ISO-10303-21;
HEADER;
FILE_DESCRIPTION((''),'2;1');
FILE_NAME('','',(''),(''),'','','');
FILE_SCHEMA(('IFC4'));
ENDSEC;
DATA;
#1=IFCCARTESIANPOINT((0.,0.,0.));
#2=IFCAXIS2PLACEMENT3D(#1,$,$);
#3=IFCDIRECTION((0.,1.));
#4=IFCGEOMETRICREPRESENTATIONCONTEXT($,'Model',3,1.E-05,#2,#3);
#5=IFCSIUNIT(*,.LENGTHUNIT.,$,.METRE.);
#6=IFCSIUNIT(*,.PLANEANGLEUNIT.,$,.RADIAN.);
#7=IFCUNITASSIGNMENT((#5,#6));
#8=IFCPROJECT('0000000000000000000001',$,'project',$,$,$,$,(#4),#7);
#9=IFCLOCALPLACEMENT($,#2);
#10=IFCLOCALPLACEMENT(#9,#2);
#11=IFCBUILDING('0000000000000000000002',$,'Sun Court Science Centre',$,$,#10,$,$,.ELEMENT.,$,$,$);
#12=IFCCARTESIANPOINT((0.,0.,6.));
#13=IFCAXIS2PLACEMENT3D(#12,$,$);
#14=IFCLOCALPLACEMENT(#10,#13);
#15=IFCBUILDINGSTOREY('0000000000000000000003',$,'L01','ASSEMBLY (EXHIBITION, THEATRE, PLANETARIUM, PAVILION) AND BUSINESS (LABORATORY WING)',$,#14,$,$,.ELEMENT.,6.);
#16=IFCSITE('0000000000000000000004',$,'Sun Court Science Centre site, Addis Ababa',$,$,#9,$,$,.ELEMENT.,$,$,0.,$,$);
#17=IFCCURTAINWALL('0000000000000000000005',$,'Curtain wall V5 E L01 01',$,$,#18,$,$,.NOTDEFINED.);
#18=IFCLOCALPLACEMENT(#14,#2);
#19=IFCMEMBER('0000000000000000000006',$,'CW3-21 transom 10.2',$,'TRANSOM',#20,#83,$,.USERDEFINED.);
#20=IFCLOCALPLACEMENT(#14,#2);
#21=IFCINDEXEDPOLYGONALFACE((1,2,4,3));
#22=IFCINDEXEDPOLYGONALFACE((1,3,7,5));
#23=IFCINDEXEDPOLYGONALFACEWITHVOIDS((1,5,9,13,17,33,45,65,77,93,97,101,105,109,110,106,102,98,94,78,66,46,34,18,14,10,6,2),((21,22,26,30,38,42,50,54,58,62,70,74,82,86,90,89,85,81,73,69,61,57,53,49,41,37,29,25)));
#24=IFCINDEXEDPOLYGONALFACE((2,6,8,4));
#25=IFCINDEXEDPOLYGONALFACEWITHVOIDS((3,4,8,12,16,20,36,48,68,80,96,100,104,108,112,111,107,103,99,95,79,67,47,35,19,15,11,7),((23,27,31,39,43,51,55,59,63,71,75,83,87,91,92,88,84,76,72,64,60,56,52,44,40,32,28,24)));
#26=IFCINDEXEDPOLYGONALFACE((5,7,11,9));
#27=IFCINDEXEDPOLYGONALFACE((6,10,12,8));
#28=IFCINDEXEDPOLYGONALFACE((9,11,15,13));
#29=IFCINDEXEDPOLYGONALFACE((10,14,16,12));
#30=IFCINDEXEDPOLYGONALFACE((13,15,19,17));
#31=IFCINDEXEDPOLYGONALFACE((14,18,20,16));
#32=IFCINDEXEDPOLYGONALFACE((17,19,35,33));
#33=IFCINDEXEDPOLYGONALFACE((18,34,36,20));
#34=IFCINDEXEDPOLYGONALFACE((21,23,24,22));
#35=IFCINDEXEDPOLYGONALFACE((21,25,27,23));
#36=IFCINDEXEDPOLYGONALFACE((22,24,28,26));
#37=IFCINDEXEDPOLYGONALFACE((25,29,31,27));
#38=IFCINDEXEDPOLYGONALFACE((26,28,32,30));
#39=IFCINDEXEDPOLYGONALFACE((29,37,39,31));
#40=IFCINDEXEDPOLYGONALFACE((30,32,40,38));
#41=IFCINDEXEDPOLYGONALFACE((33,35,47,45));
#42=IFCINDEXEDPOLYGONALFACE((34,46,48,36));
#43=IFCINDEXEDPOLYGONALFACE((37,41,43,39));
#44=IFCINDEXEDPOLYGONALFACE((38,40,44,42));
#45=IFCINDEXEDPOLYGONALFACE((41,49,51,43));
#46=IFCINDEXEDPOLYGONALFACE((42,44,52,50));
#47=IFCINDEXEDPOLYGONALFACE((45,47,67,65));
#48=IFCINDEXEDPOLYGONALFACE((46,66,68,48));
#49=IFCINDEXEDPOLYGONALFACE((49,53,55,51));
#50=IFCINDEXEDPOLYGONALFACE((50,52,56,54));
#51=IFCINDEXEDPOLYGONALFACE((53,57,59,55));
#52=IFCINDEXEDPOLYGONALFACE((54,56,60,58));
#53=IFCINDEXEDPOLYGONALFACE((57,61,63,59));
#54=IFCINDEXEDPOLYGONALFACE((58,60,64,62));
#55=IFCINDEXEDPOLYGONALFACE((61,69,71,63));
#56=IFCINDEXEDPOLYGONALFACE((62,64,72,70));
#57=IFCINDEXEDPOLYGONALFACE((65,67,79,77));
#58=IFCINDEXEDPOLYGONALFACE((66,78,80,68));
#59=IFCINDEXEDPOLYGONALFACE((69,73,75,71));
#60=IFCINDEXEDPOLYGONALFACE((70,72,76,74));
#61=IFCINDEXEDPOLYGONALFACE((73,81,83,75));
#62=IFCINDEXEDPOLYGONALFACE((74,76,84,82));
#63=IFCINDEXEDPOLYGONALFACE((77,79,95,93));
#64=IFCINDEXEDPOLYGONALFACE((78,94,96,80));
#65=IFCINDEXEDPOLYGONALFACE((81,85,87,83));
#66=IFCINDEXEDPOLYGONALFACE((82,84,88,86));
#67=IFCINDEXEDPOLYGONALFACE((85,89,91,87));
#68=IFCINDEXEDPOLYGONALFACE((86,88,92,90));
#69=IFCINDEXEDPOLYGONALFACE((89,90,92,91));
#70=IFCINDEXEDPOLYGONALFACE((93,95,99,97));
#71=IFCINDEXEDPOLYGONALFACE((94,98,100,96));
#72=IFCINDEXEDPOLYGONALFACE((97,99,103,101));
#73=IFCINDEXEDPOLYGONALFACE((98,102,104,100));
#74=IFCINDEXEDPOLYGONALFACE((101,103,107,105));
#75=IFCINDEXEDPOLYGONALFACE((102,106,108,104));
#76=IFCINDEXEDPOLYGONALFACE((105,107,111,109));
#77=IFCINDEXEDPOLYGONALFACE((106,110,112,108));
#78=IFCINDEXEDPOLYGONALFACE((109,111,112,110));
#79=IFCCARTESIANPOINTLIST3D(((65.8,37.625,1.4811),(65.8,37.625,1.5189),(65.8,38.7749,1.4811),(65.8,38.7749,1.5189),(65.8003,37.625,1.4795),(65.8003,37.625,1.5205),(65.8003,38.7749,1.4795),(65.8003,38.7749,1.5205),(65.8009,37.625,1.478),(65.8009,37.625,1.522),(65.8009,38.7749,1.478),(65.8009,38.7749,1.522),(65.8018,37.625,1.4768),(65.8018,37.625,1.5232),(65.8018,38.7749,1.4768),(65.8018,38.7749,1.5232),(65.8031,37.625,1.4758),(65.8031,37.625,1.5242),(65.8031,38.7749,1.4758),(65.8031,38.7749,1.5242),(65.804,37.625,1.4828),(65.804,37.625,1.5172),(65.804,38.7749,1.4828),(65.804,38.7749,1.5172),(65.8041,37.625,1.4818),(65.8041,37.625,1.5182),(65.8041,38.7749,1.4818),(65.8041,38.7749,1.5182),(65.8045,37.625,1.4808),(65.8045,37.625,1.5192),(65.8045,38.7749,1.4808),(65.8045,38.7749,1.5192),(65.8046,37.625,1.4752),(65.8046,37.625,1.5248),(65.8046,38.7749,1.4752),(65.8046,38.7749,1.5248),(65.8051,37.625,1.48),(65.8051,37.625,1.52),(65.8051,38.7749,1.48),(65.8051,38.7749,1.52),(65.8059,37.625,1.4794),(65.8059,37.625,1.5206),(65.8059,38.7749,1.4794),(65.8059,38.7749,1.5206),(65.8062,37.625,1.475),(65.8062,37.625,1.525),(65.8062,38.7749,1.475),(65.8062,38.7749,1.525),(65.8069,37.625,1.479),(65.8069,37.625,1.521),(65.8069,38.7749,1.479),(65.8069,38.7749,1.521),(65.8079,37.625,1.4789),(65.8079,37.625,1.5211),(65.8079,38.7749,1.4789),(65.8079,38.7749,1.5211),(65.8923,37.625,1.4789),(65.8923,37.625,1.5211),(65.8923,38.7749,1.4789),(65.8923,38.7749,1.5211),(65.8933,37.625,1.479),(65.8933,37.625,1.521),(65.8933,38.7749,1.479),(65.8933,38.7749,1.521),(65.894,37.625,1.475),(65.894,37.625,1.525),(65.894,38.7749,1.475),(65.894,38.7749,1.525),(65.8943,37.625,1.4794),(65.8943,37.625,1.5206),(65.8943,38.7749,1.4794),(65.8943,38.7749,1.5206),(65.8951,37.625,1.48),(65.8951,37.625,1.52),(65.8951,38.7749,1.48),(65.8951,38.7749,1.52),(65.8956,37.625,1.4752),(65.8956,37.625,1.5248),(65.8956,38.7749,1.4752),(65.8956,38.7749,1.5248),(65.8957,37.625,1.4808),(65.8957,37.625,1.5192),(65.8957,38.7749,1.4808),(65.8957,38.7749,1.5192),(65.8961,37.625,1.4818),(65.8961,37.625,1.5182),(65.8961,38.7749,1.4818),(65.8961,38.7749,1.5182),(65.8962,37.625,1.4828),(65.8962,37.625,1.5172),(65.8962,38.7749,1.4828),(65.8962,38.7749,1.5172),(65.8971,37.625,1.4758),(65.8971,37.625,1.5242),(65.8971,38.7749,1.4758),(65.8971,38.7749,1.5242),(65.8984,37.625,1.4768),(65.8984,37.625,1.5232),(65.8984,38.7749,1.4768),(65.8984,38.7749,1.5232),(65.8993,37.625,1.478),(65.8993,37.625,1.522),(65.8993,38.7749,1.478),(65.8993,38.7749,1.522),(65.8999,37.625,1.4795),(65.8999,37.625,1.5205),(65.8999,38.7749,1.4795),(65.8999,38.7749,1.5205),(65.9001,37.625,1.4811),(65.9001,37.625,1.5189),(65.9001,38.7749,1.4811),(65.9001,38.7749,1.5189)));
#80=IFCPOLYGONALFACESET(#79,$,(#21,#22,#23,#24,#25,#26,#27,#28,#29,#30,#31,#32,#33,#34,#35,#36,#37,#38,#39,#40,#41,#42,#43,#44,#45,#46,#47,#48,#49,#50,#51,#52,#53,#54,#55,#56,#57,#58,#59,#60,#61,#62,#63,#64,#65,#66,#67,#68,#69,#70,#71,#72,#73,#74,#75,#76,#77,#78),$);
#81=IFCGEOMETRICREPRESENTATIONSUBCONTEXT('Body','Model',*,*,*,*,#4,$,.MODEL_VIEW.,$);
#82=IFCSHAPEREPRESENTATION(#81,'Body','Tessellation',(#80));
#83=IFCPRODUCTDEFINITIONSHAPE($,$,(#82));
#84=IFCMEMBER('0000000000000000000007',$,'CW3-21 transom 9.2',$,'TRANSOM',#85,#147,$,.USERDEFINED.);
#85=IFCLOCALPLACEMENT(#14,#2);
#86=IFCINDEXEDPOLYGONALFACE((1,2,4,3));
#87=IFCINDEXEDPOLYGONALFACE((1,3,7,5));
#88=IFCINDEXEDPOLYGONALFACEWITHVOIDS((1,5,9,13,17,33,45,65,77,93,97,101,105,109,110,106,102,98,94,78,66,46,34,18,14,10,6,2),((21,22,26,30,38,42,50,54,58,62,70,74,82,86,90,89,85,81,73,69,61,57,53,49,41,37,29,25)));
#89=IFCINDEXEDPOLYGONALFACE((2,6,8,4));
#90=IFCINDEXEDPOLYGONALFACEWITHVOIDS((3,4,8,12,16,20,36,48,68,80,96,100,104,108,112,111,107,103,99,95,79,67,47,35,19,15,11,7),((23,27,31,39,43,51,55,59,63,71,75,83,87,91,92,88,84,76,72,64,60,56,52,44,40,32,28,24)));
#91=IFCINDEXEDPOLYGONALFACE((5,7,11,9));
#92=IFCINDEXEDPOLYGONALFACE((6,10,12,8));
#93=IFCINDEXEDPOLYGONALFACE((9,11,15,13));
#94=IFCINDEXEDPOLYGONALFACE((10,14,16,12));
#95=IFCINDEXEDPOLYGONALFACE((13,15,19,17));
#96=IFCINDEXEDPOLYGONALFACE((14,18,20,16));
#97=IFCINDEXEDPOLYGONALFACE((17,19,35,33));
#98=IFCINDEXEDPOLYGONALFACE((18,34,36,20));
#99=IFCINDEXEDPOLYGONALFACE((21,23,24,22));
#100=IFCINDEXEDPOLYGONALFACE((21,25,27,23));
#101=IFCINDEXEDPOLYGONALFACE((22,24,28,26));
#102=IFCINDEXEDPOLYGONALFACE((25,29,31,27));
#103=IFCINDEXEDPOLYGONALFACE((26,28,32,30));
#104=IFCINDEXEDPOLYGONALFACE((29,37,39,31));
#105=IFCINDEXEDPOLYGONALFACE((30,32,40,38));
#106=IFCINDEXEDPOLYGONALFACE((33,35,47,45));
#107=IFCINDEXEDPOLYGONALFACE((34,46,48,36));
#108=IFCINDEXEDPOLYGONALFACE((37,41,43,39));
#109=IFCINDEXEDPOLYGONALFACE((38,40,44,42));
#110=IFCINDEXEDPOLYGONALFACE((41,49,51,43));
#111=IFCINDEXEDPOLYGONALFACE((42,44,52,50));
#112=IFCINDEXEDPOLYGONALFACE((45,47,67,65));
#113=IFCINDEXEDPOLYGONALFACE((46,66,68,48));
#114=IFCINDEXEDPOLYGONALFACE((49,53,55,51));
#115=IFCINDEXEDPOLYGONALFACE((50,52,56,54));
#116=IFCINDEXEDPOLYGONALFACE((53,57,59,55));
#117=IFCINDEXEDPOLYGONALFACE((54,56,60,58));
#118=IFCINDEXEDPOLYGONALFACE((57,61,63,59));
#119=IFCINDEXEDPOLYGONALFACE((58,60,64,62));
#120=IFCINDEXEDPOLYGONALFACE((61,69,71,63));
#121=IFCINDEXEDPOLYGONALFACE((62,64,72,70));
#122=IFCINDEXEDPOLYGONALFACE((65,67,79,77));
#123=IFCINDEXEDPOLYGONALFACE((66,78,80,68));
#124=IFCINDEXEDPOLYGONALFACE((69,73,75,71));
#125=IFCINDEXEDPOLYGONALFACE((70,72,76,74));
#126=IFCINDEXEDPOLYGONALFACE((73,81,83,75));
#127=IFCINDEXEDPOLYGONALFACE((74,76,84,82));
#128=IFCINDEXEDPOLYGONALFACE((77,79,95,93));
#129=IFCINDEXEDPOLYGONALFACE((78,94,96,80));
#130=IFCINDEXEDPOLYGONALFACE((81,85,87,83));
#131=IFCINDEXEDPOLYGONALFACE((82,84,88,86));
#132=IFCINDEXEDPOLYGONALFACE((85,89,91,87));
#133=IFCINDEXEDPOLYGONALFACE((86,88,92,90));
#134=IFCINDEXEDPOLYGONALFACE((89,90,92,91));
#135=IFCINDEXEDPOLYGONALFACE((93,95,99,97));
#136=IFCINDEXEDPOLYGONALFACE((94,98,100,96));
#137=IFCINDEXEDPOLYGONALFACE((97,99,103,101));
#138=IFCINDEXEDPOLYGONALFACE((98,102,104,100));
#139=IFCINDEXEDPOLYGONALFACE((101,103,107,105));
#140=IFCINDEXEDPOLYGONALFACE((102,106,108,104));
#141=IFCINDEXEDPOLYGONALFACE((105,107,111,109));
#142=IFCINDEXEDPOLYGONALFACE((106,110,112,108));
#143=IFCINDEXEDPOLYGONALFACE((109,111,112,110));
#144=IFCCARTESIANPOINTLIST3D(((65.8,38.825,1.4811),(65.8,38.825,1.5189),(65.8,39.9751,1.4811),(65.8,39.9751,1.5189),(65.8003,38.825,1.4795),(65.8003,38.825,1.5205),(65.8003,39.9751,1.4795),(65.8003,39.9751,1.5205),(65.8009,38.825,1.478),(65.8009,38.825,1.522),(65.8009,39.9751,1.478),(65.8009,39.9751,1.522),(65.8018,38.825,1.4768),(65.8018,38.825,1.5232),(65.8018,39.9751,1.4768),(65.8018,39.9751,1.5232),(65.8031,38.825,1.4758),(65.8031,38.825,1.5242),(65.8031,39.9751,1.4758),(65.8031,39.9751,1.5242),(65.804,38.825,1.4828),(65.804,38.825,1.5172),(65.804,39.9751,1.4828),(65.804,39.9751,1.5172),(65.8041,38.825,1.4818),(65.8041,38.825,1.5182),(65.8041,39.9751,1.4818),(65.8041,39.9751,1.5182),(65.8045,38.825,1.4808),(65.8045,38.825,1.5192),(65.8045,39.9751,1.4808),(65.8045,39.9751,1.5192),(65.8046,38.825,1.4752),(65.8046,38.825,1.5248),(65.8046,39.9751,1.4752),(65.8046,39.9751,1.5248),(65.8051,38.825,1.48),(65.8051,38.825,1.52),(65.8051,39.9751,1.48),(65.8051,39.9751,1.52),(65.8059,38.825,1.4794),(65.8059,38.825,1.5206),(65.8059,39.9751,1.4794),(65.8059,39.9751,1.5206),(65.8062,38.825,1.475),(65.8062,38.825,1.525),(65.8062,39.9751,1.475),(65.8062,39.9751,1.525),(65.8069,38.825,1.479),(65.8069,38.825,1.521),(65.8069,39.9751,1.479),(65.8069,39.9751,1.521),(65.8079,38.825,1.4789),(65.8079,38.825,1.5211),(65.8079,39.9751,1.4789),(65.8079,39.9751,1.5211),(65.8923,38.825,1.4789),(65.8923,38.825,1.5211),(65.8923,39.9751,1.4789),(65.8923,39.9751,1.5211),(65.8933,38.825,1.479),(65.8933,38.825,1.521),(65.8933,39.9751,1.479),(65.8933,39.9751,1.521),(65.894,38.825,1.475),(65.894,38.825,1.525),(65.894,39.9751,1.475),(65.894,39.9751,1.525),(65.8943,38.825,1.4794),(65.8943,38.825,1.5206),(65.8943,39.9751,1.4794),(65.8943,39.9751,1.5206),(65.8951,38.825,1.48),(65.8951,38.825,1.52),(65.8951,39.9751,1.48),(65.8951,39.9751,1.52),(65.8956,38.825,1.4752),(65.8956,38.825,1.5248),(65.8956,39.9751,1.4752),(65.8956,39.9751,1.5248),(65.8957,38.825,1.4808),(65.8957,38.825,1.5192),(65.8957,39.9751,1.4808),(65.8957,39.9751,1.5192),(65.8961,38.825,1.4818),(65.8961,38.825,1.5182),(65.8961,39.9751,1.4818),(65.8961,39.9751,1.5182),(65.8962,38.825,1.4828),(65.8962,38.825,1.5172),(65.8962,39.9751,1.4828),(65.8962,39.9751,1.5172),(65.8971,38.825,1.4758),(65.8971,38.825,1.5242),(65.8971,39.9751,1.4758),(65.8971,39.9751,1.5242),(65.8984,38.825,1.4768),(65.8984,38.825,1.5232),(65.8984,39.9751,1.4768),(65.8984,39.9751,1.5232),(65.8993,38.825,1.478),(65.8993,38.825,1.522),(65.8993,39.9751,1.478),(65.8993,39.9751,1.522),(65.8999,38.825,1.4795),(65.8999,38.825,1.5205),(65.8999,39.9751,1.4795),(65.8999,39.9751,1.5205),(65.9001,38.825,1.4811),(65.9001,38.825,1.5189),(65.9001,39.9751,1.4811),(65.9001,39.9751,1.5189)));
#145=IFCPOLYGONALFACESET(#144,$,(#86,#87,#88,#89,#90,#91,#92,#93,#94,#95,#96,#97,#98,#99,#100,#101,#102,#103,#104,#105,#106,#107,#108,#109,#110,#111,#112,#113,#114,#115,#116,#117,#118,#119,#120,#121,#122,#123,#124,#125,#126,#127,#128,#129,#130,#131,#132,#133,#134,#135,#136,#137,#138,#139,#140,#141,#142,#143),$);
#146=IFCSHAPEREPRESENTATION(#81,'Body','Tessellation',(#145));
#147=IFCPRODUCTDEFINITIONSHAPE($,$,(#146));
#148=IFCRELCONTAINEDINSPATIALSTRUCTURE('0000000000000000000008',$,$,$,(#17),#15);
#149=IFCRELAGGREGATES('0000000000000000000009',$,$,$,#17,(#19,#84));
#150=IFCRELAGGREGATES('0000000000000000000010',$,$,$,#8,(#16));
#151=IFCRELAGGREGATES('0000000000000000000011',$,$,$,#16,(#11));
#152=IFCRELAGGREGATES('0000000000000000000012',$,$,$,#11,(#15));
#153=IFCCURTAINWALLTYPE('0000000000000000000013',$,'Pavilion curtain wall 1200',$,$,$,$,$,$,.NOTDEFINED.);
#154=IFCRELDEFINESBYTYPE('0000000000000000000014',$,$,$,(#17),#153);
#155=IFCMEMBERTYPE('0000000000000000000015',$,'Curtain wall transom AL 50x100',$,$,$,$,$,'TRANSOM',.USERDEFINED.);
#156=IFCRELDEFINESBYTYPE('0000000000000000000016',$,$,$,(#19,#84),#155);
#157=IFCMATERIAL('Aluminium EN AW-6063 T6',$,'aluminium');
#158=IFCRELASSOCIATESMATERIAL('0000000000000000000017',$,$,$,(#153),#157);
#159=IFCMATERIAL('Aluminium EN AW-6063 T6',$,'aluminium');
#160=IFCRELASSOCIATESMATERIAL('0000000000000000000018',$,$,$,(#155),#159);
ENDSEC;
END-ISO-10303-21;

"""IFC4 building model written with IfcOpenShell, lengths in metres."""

from ifc_helpers import new_model, si_unit, direction, frame, origin, origin_2d, place, context, subcontext, project, spatial, hollow_rectangle, extrude, material, material_profile, profile_set, type_object, element, aggregate, save


model = new_model("IFC4")

# Units and contexts
model_context = context("Model", 3, precision=1e-05, world=origin(), true_north=direction((0.0, 1.0)))
body_context = subcontext(model_context, "Body", "Model", "MODEL_VIEW")
ifc_project = project(units=[si_unit("LENGTHUNIT", "METRE"), si_unit("PLANEANGLEUNIT", "RADIAN")], contexts=[model_context])

# Site, building, storey
site_placement = place(None, origin())
site = spatial("IfcSite", under=ifc_project, at=site_placement, Name="Sun Court Science Centre site, Addis Ababa", CompositionType="ELEMENT", RefElevation=0.0)
building_placement = place(site_placement, origin())
building = spatial("IfcBuilding", under=site, at=building_placement, Name="Sun Court Science Centre", CompositionType="ELEMENT")
storey_placement = place(building_placement, frame((0.0, 0.0, 6.0)))
storey = spatial("IfcBuildingStorey", under=building, at=storey_placement, Name="L01", Description="ASSEMBLY (EXHIBITION, THEATRE, PLANETARIUM, PAVILION) AND BUSINESS (LABORATORY WING)", CompositionType="ELEMENT", Elevation=6.0)

# Curtain wall, members
ifc_material_1 = material(Name="Aluminium EN AW-6063 T6", Category="aluminium")
curtain_wall_type_1 = type_object("IfcCurtainWallType", Name="Pavilion curtain wall 1200", PredefinedType="NOTDEFINED", material=ifc_material_1)
curtain_wall_1_placement = place(storey_placement, origin())
curtain_wall_1 = element("IfcCurtainWall", 1, at=curtain_wall_1_placement, inside=storey, type_object=curtain_wall_type_1, Name="Curtain wall V5 E L01 01", PredefinedType="NOTDEFINED")
ifc_material_2 = material(Name="Aluminium EN AW-6063 T6", Category="aluminium")
ifc_material_profile_1 = material_profile(ifc_material_2, hollow_rectangle(XDim=0.05, YDim=0.1001, WallThickness=0.0039, InnerFilletRadius=0.0039, OuterFilletRadius=0.0061, at=origin_2d()), Name="AL 50x100x4")
ifc_profile_set_1 = profile_set([ifc_material_profile_1], Name="Aluminium EN AW-6063 T6")
member_type_1 = type_object("IfcMemberType", Name="Curtain wall transom AL 50x100", ElementType="TRANSOM", PredefinedType="USERDEFINED", material=ifc_profile_set_1)
member_1_placement = place(storey_placement, frame((65.8501, 38.7749, 1.5), z_axis=(0.0, -1.0, 0.0), x_axis=(0.0, 0.0, 1.0)))
member_1 = element("IfcMember", 2, at=member_1_placement, type_object=member_type_1, Name="CW3-21 transom 10.2", ObjectType="TRANSOM", PredefinedType="USERDEFINED", context=body_context, shape_type="SweptSolid", body=[
    extrude(hollow_rectangle(XDim=0.05, YDim=0.1001, WallThickness=0.0039, InnerFilletRadius=0.0039, OuterFilletRadius=0.0061, at=origin_2d()), origin(), (0.0, 0.0, 1.0), 1.1499),
])
member_2_placement = place(storey_placement, frame((65.8501, 39.9751, 1.5), z_axis=(0.0, -1.0, 0.0), x_axis=(0.0, 0.0, 1.0)))
member_2 = element("IfcMember", 3, at=member_2_placement, type_object=member_type_1, Name="CW3-21 transom 9.2", ObjectType="TRANSOM", PredefinedType="USERDEFINED", context=body_context, shape_type="SweptSolid", body=[
    extrude(hollow_rectangle(XDim=0.05, YDim=0.1001, WallThickness=0.0039, InnerFilletRadius=0.0039, OuterFilletRadius=0.0061, at=origin_2d()), origin(), (0.0, 0.0, 1.0), 1.1501),
])

aggregate(curtain_wall_1, [member_1, member_2])

save(model, "model.ifc")
